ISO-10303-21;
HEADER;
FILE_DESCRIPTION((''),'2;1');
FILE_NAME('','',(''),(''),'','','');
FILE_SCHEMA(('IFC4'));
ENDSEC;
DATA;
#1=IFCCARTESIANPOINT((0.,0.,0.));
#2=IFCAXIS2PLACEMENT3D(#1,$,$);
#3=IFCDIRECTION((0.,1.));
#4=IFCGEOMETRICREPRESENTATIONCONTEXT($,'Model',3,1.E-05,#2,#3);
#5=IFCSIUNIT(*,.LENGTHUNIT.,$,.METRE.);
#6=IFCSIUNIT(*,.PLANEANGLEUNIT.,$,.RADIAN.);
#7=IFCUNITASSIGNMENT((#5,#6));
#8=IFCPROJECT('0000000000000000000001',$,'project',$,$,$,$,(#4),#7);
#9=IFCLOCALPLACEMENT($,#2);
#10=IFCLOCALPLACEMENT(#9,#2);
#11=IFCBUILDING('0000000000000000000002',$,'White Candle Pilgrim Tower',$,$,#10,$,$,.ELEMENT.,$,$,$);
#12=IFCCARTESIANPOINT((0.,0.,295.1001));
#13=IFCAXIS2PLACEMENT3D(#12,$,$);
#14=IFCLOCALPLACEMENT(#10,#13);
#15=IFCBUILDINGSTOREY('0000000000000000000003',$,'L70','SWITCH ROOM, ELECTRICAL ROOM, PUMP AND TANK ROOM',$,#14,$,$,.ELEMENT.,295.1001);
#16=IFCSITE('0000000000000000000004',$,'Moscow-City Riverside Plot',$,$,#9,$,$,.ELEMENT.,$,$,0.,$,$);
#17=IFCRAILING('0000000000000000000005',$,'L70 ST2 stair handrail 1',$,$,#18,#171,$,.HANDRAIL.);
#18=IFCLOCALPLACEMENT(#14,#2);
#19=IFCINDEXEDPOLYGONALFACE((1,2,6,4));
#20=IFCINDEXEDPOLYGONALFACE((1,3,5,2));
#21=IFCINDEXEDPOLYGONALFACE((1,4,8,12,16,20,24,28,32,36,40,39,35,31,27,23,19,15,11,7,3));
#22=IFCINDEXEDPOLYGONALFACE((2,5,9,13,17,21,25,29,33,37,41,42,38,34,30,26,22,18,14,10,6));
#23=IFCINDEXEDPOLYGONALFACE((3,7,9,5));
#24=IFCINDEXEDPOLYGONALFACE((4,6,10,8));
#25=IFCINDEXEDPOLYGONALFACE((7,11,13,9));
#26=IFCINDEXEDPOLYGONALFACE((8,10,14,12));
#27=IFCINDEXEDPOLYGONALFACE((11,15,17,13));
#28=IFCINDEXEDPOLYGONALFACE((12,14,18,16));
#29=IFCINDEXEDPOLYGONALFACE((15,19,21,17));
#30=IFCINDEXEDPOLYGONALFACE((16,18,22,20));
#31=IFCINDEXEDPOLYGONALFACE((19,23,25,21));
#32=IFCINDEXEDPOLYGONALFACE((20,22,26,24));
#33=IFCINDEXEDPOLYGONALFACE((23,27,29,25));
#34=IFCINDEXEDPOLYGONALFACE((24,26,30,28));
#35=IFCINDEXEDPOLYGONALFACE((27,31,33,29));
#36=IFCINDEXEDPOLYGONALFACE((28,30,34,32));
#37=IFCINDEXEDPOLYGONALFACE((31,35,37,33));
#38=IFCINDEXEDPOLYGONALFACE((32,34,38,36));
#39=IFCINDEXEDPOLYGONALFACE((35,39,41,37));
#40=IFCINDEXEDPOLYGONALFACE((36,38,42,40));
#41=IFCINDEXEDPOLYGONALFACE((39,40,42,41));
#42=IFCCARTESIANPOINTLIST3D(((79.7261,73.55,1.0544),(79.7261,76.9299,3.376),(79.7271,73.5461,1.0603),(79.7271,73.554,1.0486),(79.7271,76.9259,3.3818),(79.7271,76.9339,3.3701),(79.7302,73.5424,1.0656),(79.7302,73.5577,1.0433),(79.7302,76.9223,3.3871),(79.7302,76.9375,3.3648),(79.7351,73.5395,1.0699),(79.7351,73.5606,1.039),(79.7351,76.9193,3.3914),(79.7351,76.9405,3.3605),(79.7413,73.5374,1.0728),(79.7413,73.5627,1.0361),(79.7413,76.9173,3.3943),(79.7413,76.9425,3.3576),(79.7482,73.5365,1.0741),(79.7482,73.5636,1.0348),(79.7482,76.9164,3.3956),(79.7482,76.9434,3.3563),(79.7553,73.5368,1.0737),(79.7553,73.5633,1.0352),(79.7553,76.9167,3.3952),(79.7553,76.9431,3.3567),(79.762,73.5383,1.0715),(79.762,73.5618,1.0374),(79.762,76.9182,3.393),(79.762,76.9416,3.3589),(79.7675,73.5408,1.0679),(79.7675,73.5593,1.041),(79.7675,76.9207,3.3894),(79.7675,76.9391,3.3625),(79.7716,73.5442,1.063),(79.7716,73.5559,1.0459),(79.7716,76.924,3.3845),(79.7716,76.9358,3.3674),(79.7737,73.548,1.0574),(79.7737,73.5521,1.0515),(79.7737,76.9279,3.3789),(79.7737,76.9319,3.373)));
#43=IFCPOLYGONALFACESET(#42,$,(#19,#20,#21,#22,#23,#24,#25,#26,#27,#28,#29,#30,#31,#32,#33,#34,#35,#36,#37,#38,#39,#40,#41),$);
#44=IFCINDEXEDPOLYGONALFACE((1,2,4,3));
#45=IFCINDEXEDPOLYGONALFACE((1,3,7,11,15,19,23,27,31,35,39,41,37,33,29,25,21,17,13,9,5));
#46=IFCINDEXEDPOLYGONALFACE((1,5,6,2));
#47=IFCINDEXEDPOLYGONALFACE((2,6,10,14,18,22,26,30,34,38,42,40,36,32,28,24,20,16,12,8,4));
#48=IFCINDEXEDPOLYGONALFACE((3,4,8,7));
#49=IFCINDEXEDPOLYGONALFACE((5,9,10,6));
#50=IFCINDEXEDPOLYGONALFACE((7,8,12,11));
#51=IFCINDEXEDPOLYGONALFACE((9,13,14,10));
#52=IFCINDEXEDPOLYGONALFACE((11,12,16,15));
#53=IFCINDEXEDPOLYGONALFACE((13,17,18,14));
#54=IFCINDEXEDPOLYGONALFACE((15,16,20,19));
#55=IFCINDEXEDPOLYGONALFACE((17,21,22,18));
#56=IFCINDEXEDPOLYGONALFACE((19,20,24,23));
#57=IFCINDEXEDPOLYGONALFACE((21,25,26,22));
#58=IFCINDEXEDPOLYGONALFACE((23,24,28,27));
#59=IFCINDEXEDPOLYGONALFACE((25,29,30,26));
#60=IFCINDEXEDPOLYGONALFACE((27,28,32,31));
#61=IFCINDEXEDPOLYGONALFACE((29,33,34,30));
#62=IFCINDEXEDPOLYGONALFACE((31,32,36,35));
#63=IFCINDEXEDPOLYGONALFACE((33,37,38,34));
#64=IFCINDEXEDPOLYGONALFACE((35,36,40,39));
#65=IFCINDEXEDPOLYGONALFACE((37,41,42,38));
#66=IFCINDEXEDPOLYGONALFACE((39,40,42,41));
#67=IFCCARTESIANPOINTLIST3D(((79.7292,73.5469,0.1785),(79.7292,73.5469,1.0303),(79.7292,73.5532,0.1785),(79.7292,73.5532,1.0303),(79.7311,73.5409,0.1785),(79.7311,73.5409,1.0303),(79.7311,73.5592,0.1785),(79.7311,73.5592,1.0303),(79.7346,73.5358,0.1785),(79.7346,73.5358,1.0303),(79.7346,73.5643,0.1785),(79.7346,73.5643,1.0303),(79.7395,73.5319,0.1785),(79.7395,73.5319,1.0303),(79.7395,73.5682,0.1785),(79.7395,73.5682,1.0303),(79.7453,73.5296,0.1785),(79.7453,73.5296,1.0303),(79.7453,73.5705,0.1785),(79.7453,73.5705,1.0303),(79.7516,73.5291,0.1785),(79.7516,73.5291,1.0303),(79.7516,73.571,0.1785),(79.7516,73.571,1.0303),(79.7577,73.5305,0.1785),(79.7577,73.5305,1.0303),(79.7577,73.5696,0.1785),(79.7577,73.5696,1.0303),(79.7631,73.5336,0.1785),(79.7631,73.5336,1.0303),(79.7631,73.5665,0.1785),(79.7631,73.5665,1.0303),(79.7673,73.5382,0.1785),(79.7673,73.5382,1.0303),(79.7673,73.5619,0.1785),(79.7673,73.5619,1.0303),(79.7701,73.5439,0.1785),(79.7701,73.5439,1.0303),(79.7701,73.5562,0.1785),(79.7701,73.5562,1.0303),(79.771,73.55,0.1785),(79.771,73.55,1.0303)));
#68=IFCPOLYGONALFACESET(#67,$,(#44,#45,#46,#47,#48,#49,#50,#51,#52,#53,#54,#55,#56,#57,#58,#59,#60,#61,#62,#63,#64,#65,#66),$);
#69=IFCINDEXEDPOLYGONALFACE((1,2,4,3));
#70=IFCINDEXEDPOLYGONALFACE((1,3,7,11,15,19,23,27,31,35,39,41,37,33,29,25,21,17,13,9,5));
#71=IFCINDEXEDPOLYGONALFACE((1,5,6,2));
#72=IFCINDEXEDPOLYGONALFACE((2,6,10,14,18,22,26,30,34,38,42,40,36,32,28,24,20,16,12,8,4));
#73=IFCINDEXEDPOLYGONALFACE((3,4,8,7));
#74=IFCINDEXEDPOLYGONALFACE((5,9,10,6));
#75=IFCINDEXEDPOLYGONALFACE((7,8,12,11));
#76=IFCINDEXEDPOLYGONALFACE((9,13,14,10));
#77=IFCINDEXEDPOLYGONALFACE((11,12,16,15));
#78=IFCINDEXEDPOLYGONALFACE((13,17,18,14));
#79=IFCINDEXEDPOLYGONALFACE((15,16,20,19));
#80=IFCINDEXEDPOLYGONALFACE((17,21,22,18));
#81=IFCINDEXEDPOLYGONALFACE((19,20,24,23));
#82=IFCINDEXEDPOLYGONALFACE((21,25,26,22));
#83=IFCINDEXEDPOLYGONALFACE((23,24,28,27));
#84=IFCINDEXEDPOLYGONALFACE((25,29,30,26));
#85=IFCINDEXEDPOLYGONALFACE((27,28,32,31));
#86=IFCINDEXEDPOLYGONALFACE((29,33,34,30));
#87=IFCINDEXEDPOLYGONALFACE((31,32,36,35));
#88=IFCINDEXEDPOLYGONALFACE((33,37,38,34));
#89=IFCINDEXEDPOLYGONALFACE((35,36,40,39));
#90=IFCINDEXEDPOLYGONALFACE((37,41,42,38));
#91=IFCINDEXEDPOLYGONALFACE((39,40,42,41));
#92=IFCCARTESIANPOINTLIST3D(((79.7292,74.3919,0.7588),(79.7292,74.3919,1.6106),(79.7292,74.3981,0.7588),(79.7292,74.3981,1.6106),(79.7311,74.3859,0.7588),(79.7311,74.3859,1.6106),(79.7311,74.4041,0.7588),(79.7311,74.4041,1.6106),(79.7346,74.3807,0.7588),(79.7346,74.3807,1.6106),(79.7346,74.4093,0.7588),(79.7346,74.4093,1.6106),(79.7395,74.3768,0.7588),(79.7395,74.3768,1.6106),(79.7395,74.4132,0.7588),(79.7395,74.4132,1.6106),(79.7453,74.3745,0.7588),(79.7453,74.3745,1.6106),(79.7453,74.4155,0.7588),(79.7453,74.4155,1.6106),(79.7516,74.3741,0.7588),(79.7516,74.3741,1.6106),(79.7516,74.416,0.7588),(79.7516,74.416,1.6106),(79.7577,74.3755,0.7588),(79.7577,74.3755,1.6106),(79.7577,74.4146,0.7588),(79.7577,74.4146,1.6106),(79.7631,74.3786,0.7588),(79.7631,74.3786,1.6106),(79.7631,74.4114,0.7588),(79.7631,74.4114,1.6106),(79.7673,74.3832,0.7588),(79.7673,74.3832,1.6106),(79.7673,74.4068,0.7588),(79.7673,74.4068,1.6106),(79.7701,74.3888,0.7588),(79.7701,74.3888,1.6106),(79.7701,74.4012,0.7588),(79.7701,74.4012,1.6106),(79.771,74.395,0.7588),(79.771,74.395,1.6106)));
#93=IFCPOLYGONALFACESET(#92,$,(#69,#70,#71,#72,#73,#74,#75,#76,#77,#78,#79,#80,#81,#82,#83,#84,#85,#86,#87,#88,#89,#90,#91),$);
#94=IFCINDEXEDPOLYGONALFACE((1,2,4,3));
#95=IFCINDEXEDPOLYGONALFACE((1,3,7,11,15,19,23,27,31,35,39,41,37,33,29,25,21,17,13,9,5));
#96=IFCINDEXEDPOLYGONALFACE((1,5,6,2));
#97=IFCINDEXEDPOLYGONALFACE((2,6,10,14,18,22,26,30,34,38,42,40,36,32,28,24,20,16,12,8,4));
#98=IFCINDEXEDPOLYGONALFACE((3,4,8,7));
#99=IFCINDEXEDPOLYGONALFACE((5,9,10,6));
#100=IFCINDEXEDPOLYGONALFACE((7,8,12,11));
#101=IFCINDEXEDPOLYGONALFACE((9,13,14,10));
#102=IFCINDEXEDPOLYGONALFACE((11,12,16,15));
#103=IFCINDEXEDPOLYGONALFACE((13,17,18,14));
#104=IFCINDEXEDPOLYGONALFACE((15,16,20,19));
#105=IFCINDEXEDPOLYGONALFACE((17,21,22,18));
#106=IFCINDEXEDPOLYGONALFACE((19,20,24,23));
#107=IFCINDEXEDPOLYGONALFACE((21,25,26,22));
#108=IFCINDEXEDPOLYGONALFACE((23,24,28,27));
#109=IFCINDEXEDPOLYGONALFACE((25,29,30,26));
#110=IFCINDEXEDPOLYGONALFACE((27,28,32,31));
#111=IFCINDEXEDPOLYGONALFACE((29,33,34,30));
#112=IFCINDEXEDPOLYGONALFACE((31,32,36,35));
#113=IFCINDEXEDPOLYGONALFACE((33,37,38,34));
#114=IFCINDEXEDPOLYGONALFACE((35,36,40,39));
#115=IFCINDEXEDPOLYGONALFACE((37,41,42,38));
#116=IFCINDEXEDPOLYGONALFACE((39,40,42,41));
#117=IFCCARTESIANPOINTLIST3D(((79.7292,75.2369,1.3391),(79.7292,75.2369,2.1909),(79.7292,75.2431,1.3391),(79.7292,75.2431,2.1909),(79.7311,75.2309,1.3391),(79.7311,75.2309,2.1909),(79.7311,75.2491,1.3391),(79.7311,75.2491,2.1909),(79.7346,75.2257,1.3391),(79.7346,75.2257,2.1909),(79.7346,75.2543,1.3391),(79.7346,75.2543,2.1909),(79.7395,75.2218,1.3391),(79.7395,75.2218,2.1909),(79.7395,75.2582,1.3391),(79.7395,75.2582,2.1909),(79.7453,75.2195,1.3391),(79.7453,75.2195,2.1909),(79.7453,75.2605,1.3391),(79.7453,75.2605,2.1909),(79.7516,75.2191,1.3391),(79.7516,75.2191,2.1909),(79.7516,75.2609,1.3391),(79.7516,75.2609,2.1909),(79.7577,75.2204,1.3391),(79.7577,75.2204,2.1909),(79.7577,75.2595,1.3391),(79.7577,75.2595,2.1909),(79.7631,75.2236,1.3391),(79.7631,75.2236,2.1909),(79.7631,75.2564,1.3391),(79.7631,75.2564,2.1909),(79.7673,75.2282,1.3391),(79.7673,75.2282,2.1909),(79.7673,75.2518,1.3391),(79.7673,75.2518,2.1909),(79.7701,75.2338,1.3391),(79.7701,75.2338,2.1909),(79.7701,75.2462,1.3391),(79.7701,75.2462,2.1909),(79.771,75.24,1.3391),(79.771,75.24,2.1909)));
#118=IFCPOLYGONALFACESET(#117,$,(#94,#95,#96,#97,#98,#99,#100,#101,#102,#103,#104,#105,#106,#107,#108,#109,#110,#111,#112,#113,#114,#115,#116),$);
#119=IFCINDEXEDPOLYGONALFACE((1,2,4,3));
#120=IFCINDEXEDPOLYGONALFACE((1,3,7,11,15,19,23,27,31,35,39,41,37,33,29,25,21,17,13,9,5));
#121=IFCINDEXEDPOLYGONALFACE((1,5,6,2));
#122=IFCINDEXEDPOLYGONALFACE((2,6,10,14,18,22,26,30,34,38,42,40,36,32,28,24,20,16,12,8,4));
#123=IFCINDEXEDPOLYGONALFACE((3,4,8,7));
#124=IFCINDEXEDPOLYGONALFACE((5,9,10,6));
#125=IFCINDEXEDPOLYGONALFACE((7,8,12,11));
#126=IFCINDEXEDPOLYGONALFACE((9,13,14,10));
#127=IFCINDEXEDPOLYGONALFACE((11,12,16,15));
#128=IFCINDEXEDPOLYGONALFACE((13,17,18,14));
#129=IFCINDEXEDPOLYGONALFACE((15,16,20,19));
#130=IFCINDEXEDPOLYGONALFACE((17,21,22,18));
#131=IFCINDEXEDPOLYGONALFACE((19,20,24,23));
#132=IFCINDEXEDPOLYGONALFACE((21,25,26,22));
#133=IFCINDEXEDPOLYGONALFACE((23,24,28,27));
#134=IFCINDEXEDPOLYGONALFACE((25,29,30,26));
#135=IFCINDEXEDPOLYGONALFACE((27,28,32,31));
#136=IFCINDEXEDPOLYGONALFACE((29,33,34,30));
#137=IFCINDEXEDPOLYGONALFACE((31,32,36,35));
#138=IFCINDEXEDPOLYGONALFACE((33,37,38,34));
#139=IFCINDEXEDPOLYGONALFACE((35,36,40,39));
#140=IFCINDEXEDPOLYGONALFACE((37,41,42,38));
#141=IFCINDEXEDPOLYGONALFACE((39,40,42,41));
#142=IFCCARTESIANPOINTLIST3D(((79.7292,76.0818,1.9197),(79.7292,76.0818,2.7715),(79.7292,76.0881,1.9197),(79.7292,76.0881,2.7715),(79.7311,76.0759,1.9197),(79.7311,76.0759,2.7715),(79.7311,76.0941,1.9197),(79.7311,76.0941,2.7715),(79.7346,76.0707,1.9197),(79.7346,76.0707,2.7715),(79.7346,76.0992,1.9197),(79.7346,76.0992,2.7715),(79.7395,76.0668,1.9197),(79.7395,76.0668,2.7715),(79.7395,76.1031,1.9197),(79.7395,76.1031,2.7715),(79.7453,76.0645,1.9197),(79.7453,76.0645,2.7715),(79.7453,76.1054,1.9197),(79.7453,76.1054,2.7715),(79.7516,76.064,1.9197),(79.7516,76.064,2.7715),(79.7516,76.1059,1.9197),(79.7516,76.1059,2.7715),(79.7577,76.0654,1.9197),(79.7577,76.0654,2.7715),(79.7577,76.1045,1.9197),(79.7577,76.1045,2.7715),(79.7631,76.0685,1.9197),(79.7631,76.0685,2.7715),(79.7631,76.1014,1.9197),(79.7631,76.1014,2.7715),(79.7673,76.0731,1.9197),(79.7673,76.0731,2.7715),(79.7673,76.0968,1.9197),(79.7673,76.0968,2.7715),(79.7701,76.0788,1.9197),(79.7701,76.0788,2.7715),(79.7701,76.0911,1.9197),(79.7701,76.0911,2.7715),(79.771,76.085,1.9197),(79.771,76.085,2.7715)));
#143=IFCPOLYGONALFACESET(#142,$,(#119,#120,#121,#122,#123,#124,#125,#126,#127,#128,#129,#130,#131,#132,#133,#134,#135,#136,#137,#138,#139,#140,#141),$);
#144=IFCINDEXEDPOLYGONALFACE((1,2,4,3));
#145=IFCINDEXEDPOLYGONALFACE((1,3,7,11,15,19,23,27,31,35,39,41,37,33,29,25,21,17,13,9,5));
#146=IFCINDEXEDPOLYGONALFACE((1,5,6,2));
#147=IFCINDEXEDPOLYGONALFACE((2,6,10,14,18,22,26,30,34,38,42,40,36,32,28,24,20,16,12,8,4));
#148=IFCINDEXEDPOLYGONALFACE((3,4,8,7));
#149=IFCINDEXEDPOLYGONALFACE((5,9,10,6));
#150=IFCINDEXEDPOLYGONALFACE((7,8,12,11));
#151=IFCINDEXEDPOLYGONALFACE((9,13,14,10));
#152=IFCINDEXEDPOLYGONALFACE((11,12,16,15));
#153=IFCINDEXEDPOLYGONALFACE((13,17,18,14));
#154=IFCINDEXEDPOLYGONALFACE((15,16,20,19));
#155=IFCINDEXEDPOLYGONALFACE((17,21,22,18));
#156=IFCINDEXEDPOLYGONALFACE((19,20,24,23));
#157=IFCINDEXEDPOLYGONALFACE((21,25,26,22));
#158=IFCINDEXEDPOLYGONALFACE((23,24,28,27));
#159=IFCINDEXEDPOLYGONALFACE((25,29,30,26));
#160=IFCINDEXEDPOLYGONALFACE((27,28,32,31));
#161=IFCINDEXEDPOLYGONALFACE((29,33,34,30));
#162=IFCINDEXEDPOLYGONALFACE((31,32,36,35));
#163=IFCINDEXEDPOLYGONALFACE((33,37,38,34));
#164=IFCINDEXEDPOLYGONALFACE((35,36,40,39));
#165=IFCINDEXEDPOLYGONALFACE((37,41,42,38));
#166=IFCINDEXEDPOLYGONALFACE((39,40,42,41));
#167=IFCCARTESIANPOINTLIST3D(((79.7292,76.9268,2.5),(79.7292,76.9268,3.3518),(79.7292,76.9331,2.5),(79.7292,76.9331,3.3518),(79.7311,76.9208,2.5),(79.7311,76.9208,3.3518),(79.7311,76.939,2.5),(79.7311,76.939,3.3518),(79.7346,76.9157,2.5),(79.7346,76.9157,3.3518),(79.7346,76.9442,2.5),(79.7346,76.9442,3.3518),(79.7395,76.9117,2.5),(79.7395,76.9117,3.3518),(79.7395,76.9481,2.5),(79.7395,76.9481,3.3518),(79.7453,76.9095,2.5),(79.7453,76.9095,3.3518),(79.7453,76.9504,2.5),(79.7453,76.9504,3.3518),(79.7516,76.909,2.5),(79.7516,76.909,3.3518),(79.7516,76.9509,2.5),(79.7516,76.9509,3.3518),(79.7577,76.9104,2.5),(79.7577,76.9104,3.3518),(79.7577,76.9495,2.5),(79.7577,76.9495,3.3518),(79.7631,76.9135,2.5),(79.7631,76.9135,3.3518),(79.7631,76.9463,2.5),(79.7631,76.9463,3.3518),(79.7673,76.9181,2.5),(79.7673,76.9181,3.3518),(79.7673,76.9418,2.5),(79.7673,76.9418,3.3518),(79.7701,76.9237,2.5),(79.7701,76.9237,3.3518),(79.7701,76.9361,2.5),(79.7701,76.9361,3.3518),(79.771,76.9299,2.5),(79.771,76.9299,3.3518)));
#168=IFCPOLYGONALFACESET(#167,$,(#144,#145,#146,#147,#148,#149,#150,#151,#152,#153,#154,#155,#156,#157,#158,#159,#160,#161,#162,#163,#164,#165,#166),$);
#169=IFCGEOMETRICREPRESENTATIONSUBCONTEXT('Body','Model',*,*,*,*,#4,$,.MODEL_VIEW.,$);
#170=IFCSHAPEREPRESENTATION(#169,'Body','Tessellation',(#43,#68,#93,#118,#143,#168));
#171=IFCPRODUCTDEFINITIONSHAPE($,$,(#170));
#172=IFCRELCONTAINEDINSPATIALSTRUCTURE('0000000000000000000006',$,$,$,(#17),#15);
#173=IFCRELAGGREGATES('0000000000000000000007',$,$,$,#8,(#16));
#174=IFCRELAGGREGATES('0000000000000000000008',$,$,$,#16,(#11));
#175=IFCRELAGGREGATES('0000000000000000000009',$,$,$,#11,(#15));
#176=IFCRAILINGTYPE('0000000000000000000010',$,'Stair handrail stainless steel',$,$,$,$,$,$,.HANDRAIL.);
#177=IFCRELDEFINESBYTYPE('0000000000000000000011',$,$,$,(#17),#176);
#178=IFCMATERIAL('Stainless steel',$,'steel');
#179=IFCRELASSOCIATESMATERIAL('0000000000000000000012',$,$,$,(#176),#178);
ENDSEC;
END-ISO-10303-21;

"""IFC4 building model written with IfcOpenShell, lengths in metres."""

from ifc_helpers import new_model, si_unit, direction, frame, origin, origin_2d, place, context, subcontext, project, spatial, circle, extrude, material, type_object, element, save


model = new_model("IFC4")

# Units and contexts
model_context = context("Model", 3, precision=1e-05, world=origin(), true_north=direction((0.0, 1.0)))
body_context = subcontext(model_context, "Body", "Model", "MODEL_VIEW")
ifc_project = project(units=[si_unit("LENGTHUNIT", "METRE"), si_unit("PLANEANGLEUNIT", "RADIAN")], contexts=[model_context])

# Site, building, storey
site_placement = place(None, origin())
site = spatial("IfcSite", under=ifc_project, at=site_placement, Name="Moscow-City Riverside Plot", CompositionType="ELEMENT", RefElevation=0.0)
building_placement = place(site_placement, origin())
building = spatial("IfcBuilding", under=site, at=building_placement, Name="White Candle Pilgrim Tower", CompositionType="ELEMENT")
storey_placement = place(building_placement, frame((0.0, 0.0, 295.1001)))
storey = spatial("IfcBuildingStorey", under=building, at=storey_placement, Name="L70", Description="SWITCH ROOM, ELECTRICAL ROOM, PUMP AND TANK ROOM", CompositionType="ELEMENT", Elevation=295.1001)

# Railing
ifc_material_1 = material(Name="Stainless steel", Category="steel")
railing_type_1 = type_object("IfcRailingType", Name="Stair handrail stainless steel", PredefinedType="HANDRAIL", material=ifc_material_1)
railing_1_placement = place(storey_placement, frame((79.75, 73.55, 0.1785)))
element("IfcRailing", 1, at=railing_1_placement, inside=storey, type_object=railing_type_1, Name="L70 ST2 stair handrail 1", PredefinedType="HANDRAIL", context=body_context, shape_type="SweptSolid", body=[
    extrude(circle(Radius=0.0239, at=origin_2d()), frame((0.0, 0.0, 0.876), z_axis=(0.0, 0.824285, 0.566175), x_axis=(-1.0, 0.0, 0.0)), (0.0, 0.0, 1.0), 4.1003),
    extrude(circle(Radius=0.021, at=origin_2d()), origin(), (0.0, 0.0, 1.0), 0.8518),
    extrude(circle(Radius=0.021, at=origin_2d()), frame((0.0, 0.845, 0.5803)), (0.0, 0.0, 1.0), 0.8518),
    extrude(circle(Radius=0.021, at=origin_2d()), frame((0.0, 1.6899, 1.1606)), (0.0, 0.0, 1.0), 0.8518),
    extrude(circle(Radius=0.021, at=origin_2d()), frame((0.0, 2.5349, 1.7412)), (0.0, 0.0, 1.0), 0.8518),
    extrude(circle(Radius=0.021, at=origin_2d()), frame((0.0, 3.3799, 2.3215)), (0.0, 0.0, 1.0), 0.8518),
])

save(model, "model.ifc")
